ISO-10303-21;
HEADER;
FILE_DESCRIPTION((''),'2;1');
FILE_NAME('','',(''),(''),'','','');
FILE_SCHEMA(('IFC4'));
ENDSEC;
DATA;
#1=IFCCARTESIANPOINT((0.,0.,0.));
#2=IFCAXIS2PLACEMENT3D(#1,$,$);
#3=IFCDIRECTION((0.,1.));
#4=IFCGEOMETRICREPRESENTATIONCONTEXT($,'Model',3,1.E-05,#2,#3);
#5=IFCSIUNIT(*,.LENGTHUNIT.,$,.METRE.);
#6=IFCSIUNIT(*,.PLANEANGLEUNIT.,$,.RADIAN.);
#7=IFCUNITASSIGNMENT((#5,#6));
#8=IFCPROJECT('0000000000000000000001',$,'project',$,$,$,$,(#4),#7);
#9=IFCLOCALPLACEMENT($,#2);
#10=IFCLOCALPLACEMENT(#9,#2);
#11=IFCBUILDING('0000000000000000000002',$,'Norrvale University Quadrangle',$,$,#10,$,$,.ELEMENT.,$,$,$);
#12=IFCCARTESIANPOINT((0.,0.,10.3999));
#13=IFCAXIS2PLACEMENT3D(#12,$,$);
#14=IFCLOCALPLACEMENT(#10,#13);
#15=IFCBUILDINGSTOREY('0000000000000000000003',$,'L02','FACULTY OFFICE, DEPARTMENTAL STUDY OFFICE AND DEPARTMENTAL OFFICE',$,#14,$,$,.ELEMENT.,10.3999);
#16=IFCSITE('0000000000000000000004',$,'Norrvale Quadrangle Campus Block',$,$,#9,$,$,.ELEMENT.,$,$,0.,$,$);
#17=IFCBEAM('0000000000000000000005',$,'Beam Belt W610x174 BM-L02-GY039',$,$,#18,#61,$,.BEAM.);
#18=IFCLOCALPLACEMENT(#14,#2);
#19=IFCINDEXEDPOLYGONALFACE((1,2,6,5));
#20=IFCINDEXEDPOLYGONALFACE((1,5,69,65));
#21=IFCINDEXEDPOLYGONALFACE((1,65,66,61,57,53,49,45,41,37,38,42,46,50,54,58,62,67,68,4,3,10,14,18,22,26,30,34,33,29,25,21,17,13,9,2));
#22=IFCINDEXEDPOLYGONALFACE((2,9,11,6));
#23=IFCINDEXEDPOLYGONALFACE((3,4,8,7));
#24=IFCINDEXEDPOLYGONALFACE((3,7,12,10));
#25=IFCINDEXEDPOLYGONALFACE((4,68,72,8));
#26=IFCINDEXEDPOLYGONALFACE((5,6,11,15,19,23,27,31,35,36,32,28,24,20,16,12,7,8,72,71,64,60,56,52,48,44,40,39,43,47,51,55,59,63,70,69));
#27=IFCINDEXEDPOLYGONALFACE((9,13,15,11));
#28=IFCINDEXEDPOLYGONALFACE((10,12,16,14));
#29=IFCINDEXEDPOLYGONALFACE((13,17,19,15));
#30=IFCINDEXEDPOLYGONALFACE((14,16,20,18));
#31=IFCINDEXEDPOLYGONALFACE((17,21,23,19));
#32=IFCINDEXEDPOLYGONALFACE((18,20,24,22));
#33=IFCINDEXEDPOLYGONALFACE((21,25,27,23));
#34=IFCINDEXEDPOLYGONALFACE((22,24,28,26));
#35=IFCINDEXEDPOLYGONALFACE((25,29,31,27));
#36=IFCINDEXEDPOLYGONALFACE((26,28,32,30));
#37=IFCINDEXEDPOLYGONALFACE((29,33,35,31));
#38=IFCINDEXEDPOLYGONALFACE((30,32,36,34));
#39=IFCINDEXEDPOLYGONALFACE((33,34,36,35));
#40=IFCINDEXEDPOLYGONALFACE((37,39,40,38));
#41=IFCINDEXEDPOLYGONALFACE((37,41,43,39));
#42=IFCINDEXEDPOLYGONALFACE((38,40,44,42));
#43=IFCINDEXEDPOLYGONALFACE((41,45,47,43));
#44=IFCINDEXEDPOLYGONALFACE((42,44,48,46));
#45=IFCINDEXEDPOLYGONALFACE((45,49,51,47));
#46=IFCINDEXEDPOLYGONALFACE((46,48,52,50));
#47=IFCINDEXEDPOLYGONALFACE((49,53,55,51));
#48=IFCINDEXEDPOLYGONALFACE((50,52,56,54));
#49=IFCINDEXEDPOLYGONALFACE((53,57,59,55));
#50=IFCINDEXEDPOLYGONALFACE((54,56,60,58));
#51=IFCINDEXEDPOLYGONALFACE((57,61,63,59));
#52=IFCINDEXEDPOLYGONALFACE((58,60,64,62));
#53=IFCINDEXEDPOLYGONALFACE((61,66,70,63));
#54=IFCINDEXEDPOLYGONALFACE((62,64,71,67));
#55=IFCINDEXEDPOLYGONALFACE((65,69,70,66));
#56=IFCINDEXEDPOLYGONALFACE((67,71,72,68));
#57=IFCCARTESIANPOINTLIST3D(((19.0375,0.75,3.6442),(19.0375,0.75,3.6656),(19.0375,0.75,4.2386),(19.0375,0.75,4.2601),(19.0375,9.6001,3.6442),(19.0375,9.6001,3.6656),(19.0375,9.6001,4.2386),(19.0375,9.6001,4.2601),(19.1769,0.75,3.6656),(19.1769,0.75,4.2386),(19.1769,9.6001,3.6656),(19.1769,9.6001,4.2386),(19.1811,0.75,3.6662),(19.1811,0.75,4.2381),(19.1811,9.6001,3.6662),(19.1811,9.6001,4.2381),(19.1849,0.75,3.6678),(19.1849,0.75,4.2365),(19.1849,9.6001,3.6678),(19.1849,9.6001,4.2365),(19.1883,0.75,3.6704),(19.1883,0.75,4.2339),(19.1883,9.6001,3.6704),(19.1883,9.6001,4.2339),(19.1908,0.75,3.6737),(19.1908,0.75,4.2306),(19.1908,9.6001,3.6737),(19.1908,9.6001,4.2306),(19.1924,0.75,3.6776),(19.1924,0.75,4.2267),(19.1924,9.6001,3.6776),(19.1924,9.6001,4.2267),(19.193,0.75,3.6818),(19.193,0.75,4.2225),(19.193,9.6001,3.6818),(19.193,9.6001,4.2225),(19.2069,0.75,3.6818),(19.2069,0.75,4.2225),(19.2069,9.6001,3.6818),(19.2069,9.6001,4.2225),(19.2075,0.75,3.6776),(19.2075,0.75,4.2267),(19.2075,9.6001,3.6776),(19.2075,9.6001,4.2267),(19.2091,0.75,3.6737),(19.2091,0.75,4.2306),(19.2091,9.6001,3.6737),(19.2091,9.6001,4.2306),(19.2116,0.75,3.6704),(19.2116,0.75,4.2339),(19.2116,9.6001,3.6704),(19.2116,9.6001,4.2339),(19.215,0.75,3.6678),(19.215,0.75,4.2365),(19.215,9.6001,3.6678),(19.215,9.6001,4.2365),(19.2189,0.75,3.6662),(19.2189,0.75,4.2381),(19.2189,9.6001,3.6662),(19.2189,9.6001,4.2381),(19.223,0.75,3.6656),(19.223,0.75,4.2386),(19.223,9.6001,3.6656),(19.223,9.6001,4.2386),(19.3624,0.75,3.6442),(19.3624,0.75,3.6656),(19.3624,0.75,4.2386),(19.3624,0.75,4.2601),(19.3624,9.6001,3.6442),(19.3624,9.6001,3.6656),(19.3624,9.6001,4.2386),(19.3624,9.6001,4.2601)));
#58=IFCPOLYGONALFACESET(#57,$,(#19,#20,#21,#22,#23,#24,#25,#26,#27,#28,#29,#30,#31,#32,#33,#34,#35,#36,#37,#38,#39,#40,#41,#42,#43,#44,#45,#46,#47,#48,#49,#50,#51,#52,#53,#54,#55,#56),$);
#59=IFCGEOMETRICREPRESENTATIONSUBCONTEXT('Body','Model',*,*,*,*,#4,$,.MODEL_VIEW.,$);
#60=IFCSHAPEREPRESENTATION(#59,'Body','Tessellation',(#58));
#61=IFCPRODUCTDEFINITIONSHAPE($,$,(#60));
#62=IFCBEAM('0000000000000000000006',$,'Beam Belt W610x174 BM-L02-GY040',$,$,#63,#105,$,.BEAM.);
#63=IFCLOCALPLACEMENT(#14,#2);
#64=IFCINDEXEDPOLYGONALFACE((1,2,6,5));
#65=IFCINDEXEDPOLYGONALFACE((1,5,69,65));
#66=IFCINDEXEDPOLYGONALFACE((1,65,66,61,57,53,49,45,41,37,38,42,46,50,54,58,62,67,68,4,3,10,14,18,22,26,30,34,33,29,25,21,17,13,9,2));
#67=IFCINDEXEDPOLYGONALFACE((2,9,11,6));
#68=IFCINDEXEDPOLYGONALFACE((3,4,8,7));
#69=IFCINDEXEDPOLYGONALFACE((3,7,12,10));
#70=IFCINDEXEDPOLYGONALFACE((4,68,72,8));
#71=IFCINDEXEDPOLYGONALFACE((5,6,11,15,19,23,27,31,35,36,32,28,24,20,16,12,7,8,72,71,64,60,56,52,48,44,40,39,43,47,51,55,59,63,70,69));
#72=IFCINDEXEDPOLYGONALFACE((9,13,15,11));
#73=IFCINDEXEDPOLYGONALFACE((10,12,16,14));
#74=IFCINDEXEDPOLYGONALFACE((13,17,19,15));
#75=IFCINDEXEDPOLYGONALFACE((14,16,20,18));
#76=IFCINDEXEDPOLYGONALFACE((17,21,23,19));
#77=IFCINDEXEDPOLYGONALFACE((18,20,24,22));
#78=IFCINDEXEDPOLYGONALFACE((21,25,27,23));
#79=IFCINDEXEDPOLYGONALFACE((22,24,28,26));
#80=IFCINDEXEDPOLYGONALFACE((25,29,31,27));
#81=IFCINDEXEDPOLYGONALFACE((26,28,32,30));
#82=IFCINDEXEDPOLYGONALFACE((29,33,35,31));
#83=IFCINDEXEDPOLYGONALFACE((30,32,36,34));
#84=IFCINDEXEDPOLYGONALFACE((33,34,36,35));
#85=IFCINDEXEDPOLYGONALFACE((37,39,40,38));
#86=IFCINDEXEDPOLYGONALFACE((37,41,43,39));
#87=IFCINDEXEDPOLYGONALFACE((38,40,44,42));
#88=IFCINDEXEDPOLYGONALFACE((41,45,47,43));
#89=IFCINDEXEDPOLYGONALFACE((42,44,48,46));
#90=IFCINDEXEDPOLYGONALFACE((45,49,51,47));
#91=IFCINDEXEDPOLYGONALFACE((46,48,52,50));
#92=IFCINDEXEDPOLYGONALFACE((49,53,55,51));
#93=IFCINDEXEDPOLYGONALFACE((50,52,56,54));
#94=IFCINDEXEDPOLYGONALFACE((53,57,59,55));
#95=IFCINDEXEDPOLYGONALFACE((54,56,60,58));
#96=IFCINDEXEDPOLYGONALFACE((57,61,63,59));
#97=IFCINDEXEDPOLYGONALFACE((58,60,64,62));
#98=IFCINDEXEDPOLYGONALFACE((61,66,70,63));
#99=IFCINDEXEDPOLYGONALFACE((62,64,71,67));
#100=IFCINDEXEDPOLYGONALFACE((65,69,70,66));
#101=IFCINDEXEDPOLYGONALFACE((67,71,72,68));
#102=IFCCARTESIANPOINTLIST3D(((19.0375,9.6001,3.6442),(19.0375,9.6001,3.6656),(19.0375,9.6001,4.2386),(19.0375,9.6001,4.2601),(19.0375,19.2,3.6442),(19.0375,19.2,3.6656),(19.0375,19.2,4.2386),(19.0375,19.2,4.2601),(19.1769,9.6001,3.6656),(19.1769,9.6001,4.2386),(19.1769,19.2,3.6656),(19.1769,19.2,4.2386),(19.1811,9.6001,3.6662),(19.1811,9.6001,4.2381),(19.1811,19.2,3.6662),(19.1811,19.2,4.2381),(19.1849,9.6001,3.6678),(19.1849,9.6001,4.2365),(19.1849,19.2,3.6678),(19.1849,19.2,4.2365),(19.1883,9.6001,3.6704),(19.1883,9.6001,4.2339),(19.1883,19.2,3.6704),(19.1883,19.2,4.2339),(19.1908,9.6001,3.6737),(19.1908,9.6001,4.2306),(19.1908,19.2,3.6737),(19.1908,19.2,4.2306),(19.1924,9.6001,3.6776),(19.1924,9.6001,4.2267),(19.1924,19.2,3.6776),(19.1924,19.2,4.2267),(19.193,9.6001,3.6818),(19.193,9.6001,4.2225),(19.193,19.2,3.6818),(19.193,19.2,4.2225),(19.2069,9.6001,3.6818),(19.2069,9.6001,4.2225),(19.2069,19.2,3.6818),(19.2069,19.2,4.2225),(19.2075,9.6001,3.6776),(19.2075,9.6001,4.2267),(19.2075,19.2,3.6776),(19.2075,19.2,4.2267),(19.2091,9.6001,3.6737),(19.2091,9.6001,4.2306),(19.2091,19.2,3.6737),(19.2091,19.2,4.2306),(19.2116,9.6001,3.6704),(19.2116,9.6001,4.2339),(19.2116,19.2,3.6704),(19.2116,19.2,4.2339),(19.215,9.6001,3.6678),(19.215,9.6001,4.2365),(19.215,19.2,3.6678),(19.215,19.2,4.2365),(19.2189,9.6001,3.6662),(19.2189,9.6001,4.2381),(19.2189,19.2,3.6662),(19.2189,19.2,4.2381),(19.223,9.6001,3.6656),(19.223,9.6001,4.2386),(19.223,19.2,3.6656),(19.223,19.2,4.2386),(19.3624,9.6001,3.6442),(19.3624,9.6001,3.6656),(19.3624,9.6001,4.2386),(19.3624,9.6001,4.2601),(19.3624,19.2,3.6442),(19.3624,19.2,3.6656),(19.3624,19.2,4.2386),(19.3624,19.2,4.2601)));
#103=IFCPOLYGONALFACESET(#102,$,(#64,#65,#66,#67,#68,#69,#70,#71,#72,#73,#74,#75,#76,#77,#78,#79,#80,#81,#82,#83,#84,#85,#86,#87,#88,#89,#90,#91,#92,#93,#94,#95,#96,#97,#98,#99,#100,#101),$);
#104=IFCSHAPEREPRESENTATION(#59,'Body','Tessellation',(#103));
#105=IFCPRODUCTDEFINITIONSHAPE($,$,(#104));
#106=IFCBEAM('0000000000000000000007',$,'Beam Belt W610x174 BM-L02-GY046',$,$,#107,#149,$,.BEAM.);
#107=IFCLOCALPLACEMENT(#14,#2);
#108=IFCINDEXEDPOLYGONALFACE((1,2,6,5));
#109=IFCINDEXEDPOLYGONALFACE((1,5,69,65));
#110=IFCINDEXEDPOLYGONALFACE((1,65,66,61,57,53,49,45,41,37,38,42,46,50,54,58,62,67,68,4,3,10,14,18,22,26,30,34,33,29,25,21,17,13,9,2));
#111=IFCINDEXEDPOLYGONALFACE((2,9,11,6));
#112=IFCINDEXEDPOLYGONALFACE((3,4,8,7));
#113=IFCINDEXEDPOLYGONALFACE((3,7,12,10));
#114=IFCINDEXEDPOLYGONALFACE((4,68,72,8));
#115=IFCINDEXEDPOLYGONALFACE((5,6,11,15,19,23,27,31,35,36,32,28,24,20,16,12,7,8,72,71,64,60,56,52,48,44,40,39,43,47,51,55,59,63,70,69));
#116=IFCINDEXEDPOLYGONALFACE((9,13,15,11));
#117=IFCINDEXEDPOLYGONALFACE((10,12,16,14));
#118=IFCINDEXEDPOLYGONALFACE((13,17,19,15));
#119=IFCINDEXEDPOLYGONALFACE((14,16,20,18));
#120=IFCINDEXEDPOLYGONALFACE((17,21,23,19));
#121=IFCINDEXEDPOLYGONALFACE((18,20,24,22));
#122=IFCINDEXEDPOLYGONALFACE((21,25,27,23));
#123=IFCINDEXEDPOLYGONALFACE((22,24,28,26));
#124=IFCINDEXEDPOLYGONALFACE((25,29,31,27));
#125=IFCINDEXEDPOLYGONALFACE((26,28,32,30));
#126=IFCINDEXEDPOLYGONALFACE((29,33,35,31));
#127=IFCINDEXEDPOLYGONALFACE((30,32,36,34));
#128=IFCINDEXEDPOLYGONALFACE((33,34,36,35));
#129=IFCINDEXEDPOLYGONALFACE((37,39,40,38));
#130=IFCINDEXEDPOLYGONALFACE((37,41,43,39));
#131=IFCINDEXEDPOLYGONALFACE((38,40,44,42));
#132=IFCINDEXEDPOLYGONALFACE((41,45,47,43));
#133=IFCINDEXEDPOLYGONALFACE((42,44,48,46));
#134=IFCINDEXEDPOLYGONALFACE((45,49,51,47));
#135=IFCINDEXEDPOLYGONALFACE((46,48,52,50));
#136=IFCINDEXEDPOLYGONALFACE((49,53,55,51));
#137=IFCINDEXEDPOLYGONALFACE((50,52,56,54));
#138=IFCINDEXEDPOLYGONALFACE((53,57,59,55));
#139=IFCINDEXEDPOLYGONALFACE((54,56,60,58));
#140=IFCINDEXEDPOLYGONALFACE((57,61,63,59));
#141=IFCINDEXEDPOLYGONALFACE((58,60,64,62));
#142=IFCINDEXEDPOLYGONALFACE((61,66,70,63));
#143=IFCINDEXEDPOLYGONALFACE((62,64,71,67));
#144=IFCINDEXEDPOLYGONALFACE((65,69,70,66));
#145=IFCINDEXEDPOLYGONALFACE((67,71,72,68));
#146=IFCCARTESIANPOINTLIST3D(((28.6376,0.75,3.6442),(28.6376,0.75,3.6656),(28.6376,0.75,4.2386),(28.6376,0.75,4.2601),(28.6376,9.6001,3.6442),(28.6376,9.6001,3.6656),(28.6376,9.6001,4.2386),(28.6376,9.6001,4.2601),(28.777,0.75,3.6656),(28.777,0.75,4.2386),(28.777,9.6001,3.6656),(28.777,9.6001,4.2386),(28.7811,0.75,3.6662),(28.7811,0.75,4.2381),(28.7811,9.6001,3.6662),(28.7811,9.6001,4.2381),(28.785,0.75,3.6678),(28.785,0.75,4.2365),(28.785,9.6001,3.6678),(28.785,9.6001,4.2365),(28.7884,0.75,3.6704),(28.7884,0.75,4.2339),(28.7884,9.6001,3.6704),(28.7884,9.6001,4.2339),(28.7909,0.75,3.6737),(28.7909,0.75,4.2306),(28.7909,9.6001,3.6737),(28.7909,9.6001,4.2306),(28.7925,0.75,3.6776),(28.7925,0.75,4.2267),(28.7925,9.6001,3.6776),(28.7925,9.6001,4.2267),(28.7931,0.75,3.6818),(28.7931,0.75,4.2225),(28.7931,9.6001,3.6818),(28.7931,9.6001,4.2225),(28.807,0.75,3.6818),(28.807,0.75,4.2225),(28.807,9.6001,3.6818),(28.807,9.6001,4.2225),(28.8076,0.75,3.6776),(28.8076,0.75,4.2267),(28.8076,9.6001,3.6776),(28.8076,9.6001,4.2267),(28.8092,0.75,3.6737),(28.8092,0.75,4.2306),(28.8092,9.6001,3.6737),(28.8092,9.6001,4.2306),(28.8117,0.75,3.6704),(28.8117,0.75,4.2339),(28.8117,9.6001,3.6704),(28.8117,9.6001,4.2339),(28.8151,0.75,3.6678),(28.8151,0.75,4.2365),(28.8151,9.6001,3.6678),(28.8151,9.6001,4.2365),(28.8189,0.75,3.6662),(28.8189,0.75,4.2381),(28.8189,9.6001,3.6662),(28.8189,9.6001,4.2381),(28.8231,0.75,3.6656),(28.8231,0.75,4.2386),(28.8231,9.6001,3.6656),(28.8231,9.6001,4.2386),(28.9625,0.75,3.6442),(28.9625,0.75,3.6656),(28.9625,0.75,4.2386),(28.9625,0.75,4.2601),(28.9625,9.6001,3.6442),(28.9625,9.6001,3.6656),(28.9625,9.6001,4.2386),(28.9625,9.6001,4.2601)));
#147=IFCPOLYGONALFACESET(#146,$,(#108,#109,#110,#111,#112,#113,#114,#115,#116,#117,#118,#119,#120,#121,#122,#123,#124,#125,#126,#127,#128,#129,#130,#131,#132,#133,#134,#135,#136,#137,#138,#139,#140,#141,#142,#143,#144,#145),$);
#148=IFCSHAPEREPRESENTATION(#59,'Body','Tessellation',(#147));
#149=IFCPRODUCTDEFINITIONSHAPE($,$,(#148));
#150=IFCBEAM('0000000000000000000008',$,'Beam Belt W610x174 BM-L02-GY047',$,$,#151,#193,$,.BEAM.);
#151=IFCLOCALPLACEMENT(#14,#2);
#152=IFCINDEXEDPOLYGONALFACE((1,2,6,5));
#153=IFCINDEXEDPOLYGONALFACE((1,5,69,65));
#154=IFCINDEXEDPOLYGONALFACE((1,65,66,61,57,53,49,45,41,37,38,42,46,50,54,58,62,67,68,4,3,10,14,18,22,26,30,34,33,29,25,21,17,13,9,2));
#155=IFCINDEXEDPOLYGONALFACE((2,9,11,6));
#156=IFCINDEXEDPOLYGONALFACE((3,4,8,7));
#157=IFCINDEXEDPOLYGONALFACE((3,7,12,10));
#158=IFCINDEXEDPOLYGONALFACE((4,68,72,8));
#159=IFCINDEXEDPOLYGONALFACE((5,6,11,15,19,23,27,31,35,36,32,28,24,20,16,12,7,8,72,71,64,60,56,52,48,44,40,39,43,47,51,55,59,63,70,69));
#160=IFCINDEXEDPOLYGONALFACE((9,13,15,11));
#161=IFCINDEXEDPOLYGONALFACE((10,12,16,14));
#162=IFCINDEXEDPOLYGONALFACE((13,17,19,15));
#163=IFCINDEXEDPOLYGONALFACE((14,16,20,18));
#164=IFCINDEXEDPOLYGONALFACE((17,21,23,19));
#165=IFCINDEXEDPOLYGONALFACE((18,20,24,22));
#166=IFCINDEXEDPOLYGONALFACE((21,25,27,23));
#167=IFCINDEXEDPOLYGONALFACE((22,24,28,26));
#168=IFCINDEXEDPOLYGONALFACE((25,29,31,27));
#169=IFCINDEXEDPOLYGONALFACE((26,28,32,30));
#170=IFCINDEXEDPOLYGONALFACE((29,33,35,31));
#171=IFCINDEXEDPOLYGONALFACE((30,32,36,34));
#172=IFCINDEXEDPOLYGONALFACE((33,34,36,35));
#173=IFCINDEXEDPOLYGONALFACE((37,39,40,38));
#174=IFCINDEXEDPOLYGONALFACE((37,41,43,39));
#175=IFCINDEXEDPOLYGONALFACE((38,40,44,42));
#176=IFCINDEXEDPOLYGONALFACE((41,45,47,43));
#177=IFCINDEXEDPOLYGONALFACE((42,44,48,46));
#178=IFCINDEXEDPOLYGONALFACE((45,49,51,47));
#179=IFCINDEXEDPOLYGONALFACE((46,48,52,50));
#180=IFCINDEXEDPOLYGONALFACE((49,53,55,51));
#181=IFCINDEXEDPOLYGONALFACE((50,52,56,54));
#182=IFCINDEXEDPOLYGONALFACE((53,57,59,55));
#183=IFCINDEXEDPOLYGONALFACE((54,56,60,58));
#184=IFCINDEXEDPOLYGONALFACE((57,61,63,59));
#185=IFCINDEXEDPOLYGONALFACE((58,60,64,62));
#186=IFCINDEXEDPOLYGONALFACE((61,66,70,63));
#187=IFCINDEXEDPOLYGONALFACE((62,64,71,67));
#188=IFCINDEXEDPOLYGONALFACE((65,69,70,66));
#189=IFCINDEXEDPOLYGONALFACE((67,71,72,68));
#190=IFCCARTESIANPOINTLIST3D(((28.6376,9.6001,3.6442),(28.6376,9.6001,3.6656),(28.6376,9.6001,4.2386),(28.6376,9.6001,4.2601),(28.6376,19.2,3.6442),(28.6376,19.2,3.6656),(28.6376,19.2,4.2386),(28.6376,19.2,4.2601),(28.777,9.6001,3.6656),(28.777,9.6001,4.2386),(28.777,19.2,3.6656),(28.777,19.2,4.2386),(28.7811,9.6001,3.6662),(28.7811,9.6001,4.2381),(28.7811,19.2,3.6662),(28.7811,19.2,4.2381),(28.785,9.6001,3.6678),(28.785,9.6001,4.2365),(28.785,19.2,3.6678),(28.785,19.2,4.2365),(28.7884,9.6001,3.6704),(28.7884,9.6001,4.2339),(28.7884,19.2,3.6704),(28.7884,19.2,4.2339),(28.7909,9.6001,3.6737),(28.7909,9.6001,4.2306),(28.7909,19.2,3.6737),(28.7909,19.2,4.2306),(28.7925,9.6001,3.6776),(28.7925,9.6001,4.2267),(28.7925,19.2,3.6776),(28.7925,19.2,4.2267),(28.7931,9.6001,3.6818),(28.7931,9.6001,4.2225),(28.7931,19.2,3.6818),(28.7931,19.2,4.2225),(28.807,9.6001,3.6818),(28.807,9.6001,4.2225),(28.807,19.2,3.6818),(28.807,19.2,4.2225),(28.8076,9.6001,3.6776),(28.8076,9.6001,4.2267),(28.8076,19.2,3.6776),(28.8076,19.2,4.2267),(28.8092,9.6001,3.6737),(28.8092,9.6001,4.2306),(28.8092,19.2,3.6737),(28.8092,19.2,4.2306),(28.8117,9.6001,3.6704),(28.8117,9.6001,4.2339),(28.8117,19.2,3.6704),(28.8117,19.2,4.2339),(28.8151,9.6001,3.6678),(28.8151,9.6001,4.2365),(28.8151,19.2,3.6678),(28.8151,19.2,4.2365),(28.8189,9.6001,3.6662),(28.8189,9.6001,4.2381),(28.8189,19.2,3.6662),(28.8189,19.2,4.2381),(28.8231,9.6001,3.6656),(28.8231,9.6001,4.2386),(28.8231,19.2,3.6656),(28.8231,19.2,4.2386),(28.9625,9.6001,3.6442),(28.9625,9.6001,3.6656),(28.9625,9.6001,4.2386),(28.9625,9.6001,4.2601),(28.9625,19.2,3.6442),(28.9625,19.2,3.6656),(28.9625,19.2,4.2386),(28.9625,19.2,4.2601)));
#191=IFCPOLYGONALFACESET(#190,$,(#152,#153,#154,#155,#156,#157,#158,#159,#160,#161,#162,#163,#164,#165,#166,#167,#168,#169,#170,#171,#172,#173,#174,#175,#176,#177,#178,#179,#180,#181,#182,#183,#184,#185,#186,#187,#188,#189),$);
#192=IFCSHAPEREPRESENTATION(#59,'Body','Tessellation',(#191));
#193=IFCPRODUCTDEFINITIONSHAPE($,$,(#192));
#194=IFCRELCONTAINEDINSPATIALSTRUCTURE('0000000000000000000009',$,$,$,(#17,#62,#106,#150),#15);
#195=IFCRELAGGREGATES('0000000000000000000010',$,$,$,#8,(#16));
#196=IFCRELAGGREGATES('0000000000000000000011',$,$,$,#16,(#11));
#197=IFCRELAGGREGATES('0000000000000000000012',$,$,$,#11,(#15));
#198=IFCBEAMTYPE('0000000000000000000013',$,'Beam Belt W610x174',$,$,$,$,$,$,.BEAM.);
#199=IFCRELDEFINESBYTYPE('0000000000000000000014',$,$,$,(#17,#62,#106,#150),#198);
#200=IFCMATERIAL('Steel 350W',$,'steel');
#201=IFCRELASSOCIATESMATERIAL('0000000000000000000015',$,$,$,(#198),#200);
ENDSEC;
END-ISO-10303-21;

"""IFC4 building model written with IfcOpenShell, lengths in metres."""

from ifc_helpers import new_model, si_unit, direction, frame, origin, origin_2d, place, context, subcontext, project, spatial, i_section, extrude, material, material_profile, profile_set, type_object, element, save


model = new_model("IFC4")

# Units and contexts
model_context = context("Model", 3, precision=1e-05, world=origin(), true_north=direction((0.0, 1.0)))
body_context = subcontext(model_context, "Body", "Model", "MODEL_VIEW")
ifc_project = project(units=[si_unit("LENGTHUNIT", "METRE"), si_unit("PLANEANGLEUNIT", "RADIAN")], contexts=[model_context])

# Site, building, storey
site_placement = place(None, origin())
site = spatial("IfcSite", under=ifc_project, at=site_placement, Name="Norrvale Quadrangle Campus Block", CompositionType="ELEMENT", RefElevation=0.0)
building_placement = place(site_placement, origin())
building = spatial("IfcBuilding", under=site, at=building_placement, Name="Norrvale University Quadrangle", CompositionType="ELEMENT")
storey_placement = place(building_placement, frame((0.0, 0.0, 10.3999)))
storey = spatial("IfcBuildingStorey", under=building, at=storey_placement, Name="L02", Description="FACULTY OFFICE, DEPARTMENTAL STUDY OFFICE AND DEPARTMENTAL OFFICE", CompositionType="ELEMENT", Elevation=10.3999)

# Beams
ifc_material_1 = material(Name="Steel 350W", Category="steel")
ifc_material_profile_1 = material_profile(ifc_material_1, i_section(OverallWidth=0.325, OverallDepth=0.616, WebThickness=0.0139, FlangeThickness=0.0215, FilletRadius=0.0161, at=origin_2d()), Name="Steel 350W")
ifc_profile_set_1 = profile_set([ifc_material_profile_1], Name="Steel 350W")
beam_type_1 = type_object("IfcBeamType", Name="Beam Belt W610x174", PredefinedType="BEAM", material=ifc_profile_set_1)
beam_1_placement = place(storey_placement, frame((19.2, 0.75, 3.9521), z_axis=(0.0, 1.0, 0.0), x_axis=(-1.0, 0.0, 0.0)))
element("IfcBeam", 1, at=beam_1_placement, inside=storey, type_object=beam_type_1, Name="Beam Belt W610x174 BM-L02-GY039", PredefinedType="BEAM", context=body_context, shape_type="SweptSolid", body=[
    extrude(i_section(OverallWidth=0.325, OverallDepth=0.616, WebThickness=0.0139, FlangeThickness=0.0215, FilletRadius=0.0161, at=origin_2d()), origin(), (0.0, 0.0, 1.0), 8.8501),
])
beam_2_placement = place(storey_placement, frame((19.2, 9.6001, 3.9521), z_axis=(0.0, 1.0, 0.0), x_axis=(-1.0, 0.0, 0.0)))
element("IfcBeam", 2, at=beam_2_placement, inside=storey, type_object=beam_type_1, Name="Beam Belt W610x174 BM-L02-GY040", PredefinedType="BEAM", context=body_context, shape_type="SweptSolid", body=[
    extrude(i_section(OverallWidth=0.325, OverallDepth=0.616, WebThickness=0.0139, FlangeThickness=0.0215, FilletRadius=0.0161, at=origin_2d()), origin(), (0.0, 0.0, 1.0), 9.5999),
])
beam_3_placement = place(storey_placement, frame((28.8, 0.75, 3.9521), z_axis=(0.0, 1.0, 0.0), x_axis=(-1.0, 0.0, 0.0)))
element("IfcBeam", 3, at=beam_3_placement, inside=storey, type_object=beam_type_1, Name="Beam Belt W610x174 BM-L02-GY046", PredefinedType="BEAM", context=body_context, shape_type="SweptSolid", body=[
    extrude(i_section(OverallWidth=0.325, OverallDepth=0.616, WebThickness=0.0139, FlangeThickness=0.0215, FilletRadius=0.0161, at=origin_2d()), origin(), (0.0, 0.0, 1.0), 8.8501),
])
beam_4_placement = place(storey_placement, frame((28.8, 9.6001, 3.9521), z_axis=(0.0, 1.0, 0.0), x_axis=(-1.0, 0.0, 0.0)))
element("IfcBeam", 4, at=beam_4_placement, inside=storey, type_object=beam_type_1, Name="Beam Belt W610x174 BM-L02-GY047", PredefinedType="BEAM", context=body_context, shape_type="SweptSolid", body=[
    extrude(i_section(OverallWidth=0.325, OverallDepth=0.616, WebThickness=0.0139, FlangeThickness=0.0215, FilletRadius=0.0161, at=origin_2d()), origin(), (0.0, 0.0, 1.0), 9.5999),
])

save(model, "model.ifc")
